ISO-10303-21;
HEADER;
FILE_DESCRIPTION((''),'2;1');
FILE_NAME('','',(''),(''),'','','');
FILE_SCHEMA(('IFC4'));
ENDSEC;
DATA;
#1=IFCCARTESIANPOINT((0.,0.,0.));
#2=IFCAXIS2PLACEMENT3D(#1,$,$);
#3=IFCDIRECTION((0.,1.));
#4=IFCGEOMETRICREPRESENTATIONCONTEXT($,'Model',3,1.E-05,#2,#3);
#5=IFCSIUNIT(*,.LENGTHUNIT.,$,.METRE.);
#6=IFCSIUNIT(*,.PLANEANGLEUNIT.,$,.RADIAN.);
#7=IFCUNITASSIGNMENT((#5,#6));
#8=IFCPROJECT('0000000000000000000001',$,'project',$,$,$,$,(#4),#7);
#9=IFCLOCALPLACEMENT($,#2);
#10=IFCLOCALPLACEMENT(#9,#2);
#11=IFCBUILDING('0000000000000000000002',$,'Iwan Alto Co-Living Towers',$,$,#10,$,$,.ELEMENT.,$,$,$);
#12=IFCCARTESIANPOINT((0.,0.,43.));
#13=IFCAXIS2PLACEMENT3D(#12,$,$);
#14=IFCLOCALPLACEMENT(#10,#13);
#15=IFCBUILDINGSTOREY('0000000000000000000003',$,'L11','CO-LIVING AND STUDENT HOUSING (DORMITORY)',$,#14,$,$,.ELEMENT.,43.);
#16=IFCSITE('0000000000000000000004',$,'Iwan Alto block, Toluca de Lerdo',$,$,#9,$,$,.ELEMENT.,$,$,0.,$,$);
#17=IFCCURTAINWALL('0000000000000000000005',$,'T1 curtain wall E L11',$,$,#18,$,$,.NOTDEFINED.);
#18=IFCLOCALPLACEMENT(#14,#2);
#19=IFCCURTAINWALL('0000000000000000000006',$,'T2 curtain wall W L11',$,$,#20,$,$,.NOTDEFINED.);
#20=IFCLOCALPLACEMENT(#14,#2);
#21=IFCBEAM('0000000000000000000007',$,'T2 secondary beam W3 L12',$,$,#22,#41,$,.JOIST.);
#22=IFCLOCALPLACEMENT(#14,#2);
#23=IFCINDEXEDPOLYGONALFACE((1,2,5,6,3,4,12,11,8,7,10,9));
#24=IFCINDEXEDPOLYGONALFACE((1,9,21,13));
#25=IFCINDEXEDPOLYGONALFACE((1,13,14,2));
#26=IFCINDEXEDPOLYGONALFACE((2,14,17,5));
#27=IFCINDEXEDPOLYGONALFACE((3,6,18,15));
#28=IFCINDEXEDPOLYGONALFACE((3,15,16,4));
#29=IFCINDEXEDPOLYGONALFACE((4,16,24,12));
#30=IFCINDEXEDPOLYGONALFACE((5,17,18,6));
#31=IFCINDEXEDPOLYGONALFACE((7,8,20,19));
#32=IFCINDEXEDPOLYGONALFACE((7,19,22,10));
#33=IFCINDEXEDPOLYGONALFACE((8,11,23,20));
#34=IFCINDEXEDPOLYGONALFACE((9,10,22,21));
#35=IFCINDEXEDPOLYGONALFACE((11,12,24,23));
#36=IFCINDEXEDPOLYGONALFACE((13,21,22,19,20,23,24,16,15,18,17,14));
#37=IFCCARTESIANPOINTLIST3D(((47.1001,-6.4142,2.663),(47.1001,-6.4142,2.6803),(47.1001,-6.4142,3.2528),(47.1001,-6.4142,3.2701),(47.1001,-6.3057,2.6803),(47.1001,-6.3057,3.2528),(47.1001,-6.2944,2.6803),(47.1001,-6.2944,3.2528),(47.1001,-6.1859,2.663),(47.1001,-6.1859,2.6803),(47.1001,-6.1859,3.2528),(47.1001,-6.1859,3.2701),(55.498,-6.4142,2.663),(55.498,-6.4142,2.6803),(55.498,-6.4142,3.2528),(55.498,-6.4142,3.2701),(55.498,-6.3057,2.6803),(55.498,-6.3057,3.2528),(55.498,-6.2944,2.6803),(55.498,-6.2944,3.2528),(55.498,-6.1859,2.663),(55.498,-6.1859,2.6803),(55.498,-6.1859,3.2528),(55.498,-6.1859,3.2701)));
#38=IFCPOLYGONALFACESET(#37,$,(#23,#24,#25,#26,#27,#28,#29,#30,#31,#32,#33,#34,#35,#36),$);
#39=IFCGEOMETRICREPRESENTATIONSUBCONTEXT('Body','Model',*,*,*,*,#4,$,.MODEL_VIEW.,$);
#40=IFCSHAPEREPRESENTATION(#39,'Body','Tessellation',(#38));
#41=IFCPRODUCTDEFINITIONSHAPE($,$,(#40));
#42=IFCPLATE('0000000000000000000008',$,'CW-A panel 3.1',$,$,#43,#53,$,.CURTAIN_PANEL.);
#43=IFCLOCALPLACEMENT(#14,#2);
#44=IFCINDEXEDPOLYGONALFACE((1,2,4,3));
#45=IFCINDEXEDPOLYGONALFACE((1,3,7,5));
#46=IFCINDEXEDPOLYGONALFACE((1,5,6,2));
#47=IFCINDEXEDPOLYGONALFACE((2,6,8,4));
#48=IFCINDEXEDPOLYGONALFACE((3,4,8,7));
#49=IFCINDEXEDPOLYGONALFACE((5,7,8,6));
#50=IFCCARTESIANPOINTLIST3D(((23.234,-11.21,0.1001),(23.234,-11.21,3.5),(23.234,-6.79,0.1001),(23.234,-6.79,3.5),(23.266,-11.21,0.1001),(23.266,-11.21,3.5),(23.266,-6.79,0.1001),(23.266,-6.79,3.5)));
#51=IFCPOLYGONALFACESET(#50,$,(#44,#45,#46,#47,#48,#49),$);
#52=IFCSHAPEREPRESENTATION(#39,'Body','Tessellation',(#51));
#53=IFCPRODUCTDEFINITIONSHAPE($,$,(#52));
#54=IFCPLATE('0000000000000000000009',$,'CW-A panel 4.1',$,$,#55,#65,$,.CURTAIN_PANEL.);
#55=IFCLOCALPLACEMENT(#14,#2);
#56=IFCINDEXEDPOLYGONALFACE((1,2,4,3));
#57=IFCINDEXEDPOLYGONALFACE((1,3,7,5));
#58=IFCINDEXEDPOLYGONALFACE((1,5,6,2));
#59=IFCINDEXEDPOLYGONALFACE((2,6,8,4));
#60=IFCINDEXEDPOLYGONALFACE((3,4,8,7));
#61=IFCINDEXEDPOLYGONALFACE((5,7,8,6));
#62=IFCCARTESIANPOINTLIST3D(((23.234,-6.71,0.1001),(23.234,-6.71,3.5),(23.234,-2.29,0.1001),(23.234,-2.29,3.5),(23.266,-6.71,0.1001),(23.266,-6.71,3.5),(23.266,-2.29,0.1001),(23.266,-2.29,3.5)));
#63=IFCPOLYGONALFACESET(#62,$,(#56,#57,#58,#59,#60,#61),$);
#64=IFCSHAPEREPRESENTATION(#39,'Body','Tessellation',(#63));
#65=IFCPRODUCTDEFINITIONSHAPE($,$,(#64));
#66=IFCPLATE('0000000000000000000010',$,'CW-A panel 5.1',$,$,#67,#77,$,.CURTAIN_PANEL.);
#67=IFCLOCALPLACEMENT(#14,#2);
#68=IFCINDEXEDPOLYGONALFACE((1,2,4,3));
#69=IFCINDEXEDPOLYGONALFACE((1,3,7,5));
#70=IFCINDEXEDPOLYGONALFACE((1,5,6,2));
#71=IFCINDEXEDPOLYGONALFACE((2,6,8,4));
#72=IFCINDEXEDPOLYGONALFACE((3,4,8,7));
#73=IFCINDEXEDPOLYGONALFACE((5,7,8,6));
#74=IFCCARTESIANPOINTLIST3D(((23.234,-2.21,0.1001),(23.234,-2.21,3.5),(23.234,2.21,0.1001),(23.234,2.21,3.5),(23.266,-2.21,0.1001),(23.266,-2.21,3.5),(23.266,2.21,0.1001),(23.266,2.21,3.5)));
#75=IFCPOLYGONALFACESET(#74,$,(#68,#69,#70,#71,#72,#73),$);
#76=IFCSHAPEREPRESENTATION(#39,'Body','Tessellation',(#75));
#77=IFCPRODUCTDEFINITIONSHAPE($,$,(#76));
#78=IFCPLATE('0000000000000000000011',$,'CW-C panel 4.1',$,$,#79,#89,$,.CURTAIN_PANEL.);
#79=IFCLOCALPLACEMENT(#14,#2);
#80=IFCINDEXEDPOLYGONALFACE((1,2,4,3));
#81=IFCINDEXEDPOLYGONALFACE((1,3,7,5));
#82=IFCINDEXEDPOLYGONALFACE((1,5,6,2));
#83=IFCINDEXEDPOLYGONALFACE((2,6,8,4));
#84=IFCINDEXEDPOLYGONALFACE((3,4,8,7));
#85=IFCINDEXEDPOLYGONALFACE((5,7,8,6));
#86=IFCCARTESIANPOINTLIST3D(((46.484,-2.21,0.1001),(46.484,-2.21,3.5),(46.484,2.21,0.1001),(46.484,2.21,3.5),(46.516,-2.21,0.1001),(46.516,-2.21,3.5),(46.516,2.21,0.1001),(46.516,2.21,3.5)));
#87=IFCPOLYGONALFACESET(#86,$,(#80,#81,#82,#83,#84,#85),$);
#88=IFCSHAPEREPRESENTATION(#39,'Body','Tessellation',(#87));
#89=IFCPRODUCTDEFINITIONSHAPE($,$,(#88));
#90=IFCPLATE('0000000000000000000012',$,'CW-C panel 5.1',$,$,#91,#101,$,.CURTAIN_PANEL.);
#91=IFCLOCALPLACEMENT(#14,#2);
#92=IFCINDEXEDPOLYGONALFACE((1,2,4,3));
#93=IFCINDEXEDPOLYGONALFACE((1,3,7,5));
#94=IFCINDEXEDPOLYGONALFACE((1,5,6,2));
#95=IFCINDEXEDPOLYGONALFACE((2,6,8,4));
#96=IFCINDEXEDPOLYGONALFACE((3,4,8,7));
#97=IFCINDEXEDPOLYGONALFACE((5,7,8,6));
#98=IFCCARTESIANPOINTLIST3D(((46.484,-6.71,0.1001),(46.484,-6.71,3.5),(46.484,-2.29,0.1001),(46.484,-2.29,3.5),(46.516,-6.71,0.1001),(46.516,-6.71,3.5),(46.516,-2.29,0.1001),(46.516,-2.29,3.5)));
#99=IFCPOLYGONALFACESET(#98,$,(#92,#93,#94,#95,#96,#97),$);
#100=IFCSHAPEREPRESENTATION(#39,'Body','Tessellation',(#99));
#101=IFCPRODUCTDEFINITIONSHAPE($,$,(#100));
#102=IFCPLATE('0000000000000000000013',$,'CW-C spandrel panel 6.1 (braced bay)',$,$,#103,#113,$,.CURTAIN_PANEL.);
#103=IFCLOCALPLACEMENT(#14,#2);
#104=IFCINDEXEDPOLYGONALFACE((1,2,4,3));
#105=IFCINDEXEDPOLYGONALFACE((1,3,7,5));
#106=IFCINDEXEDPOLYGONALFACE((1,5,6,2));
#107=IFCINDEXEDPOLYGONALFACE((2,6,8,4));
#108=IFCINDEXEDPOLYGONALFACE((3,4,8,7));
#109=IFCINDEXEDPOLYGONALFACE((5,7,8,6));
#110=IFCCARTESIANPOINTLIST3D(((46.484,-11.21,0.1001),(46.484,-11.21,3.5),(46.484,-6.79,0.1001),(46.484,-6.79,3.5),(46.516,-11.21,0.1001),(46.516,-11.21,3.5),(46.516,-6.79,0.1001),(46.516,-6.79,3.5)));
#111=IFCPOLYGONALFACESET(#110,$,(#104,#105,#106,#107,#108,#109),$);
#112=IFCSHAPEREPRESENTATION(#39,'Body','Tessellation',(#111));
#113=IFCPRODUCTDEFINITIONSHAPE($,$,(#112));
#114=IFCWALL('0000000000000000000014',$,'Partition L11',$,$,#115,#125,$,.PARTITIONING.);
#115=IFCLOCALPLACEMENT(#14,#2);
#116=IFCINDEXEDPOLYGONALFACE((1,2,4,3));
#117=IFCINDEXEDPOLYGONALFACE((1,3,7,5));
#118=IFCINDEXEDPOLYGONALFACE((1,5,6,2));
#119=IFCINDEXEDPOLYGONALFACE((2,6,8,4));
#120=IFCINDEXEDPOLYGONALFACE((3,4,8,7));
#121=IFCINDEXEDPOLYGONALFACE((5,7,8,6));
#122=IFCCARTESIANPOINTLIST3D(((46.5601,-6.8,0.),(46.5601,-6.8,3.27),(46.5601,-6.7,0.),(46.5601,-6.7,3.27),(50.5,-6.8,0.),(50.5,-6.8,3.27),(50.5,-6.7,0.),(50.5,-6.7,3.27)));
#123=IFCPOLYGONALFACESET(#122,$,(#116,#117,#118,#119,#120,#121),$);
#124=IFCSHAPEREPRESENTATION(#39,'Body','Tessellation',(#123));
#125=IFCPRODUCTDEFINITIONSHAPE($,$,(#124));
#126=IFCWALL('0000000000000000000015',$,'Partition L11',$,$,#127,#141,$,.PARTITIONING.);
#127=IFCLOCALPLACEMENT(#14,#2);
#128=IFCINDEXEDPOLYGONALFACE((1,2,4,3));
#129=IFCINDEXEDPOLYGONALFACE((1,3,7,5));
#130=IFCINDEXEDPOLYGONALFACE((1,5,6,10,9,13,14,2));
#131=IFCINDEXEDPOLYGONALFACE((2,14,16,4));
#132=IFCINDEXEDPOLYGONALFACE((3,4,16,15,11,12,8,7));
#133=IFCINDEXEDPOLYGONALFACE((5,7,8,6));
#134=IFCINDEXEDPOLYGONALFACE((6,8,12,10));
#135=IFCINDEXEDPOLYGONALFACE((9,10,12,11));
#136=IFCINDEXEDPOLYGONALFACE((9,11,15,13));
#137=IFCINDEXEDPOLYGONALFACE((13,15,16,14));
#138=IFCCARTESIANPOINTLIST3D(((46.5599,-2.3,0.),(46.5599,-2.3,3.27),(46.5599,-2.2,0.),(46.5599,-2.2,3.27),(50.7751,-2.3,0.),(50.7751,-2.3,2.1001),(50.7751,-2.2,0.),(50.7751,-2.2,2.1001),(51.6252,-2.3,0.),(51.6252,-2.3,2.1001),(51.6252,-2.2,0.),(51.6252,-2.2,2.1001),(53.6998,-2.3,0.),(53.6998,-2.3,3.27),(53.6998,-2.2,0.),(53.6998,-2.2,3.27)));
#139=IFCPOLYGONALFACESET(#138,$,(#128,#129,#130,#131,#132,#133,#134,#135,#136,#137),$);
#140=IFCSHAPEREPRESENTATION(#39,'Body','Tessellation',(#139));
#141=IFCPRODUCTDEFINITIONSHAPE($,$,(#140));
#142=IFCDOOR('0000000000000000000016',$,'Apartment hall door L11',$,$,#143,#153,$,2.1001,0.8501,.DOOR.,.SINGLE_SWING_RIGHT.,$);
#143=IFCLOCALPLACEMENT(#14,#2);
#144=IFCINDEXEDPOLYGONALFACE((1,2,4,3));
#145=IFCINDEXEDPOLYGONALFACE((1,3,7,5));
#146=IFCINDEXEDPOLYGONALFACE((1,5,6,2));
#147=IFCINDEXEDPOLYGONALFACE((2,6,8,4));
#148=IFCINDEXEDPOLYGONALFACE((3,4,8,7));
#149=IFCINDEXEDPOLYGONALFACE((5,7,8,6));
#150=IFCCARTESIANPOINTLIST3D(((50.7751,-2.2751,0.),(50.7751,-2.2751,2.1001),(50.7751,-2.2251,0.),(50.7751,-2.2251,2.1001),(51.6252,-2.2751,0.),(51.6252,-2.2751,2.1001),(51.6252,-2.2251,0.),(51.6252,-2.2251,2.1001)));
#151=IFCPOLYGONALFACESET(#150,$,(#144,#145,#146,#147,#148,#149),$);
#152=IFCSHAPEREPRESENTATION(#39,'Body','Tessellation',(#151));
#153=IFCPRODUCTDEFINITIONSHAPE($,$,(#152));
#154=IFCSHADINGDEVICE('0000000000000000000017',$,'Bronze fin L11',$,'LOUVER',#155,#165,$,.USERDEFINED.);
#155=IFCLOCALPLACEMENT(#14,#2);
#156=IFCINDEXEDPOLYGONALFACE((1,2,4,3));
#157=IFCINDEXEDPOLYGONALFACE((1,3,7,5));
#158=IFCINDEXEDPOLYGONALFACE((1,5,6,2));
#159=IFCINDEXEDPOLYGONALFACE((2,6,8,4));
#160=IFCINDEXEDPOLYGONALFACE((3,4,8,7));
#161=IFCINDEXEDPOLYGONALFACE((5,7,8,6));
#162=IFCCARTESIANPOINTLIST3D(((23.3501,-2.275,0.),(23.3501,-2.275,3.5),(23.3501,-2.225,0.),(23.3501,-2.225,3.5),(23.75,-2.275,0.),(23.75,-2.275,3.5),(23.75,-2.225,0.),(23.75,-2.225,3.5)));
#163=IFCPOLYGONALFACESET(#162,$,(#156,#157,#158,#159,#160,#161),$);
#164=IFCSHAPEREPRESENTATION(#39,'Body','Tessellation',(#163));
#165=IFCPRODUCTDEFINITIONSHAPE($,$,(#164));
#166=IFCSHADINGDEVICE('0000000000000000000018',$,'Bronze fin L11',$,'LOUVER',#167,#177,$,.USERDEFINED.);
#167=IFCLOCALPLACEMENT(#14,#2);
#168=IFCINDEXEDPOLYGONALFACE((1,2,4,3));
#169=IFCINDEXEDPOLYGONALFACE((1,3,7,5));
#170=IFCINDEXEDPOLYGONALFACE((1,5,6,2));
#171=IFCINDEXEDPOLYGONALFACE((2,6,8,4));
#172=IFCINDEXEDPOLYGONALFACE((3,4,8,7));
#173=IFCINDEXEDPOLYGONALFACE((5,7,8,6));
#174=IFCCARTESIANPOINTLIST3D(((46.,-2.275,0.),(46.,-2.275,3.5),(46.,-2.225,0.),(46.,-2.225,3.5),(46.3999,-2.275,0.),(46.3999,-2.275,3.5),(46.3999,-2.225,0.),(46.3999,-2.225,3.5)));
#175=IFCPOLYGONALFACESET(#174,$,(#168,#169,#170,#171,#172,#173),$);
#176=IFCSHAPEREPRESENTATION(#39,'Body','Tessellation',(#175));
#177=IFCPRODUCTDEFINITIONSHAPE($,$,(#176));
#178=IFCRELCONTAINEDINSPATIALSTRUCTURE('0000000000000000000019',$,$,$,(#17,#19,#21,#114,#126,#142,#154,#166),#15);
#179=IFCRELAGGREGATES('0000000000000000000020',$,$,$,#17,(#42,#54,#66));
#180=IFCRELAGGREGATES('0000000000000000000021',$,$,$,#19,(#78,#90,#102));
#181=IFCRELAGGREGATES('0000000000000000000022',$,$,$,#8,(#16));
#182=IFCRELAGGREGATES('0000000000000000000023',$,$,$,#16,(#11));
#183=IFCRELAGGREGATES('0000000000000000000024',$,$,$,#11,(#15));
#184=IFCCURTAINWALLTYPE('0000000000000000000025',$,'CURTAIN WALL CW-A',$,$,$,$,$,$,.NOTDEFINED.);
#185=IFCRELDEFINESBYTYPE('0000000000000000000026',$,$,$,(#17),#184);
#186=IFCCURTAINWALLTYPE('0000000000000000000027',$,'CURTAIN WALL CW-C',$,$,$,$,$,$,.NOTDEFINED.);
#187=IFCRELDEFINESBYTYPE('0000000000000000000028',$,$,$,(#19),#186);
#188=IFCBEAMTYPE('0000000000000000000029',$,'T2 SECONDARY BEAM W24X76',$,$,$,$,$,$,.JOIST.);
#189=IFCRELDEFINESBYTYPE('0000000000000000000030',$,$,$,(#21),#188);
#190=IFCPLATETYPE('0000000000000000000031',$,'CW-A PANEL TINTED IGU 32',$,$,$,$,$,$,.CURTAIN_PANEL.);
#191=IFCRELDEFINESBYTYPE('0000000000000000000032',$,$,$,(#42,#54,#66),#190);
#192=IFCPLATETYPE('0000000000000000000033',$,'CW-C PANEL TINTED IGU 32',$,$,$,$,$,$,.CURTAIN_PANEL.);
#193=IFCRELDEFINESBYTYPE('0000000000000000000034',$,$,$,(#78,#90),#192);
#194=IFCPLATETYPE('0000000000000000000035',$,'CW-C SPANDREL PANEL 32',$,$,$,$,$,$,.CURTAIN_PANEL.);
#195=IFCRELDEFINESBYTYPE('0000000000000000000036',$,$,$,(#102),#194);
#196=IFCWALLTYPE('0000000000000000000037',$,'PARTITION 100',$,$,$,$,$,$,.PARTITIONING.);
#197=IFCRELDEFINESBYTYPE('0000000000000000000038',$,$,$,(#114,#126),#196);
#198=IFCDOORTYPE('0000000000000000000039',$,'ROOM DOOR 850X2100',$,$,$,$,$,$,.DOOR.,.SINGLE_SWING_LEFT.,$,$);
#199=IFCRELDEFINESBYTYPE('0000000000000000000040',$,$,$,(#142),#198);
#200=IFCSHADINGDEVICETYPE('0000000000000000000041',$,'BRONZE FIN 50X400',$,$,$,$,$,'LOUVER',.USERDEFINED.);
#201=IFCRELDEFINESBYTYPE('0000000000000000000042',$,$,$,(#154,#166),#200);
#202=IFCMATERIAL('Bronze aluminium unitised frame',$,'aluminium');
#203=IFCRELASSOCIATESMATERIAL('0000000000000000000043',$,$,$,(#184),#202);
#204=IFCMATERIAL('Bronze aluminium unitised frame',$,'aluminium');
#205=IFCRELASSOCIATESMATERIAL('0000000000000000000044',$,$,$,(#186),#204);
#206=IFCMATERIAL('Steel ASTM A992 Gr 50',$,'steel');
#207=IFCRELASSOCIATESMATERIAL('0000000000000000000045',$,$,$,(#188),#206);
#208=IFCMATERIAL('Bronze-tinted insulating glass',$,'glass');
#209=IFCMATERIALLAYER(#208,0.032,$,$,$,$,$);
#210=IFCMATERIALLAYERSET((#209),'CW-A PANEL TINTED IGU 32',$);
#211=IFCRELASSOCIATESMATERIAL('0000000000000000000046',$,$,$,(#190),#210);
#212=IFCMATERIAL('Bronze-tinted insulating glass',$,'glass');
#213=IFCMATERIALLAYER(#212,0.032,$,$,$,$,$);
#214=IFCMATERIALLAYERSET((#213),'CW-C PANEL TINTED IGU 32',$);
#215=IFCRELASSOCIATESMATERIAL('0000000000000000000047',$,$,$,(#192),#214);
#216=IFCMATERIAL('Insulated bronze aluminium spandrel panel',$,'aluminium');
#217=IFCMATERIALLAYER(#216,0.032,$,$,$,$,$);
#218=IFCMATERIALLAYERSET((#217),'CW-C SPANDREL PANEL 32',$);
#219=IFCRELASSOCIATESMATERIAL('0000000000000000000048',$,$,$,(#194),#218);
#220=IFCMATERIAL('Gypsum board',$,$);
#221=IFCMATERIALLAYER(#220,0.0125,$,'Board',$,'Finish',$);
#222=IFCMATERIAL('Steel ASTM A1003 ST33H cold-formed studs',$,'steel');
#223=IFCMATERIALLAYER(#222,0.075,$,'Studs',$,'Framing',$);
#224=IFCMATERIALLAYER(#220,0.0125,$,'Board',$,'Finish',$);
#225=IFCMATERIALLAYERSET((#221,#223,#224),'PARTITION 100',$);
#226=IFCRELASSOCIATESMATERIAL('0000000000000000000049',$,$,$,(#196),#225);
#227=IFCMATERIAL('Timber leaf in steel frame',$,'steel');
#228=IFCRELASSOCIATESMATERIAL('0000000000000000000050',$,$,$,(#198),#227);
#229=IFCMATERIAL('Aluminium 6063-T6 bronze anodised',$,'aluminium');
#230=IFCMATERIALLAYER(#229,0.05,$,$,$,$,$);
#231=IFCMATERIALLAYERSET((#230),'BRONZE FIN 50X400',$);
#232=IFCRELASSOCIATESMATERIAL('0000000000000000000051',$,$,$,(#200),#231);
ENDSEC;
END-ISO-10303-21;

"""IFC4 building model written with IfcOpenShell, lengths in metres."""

from ifc_helpers import new_model, si_unit, direction, frame, frame_2d, origin, origin_2d, place, context, subcontext, project, spatial, rectangle, i_section, extrude, material, layer, layer_set, material_profile, profile_set, type_object, element, fill, aggregate, save


model = new_model("IFC4")

# Units and contexts
model_context = context("Model", 3, precision=1e-05, world=origin(), true_north=direction((0.0, 1.0)))
body_context = subcontext(model_context, "Body", "Model", "MODEL_VIEW")
ifc_project = project(units=[si_unit("LENGTHUNIT", "METRE"), si_unit("PLANEANGLEUNIT", "RADIAN")], contexts=[model_context])

# Site, building, storey
site_placement = place(None, origin())
site = spatial("IfcSite", under=ifc_project, at=site_placement, Name="Iwan Alto block, Toluca de Lerdo", CompositionType="ELEMENT", RefElevation=0.0)
building_placement = place(site_placement, origin())
building = spatial("IfcBuilding", under=site, at=building_placement, Name="Iwan Alto Co-Living Towers", CompositionType="ELEMENT")
storey_placement = place(building_placement, frame((0.0, 0.0, 43.0)))
storey = spatial("IfcBuildingStorey", under=building, at=storey_placement, Name="L11", Description="CO-LIVING AND STUDENT HOUSING (DORMITORY)", CompositionType="ELEMENT", Elevation=43.0)

# Curtain walls
ifc_material_1 = material(Name="Bronze aluminium unitised frame", Category="aluminium")
curtain_wall_type_1 = type_object("IfcCurtainWallType", Name="CURTAIN WALL CW-A", PredefinedType="NOTDEFINED", material=ifc_material_1)
curtain_wall_1_placement = place(storey_placement, origin())
curtain_wall_1 = element("IfcCurtainWall", 1, at=curtain_wall_1_placement, inside=storey, type_object=curtain_wall_type_1, Name="T1 curtain wall E L11", PredefinedType="NOTDEFINED")
ifc_material_2 = material(Name="Bronze aluminium unitised frame", Category="aluminium")
curtain_wall_type_2 = type_object("IfcCurtainWallType", Name="CURTAIN WALL CW-C", PredefinedType="NOTDEFINED", material=ifc_material_2)
curtain_wall_2_placement = place(storey_placement, origin())
curtain_wall_2 = element("IfcCurtainWall", 2, at=curtain_wall_2_placement, inside=storey, type_object=curtain_wall_type_2, Name="T2 curtain wall W L11", PredefinedType="NOTDEFINED")

# Beam
ifc_material_3 = material(Name="Steel ASTM A992 Gr 50", Category="steel")
ifc_material_profile_1 = material_profile(ifc_material_3, i_section(OverallWidth=0.2283, OverallDepth=0.6072, WebThickness=0.0112, FlangeThickness=0.0173, at=origin_2d()), Name="W24X76")
ifc_profile_set_1 = profile_set([ifc_material_profile_1], Name="Steel ASTM A992 Gr 50")
beam_type_1 = type_object("IfcBeamType", Name="T2 SECONDARY BEAM W24X76", PredefinedType="JOIST", material=ifc_profile_set_1)
beam_1_placement = place(storey_placement, frame((47.1001, -6.3, 2.9666), z_axis=(1.0, 0.0, 0.0), x_axis=(0.0, 1.0, 0.0)))
element("IfcBeam", 3, at=beam_1_placement, inside=storey, type_object=beam_type_1, Name="T2 secondary beam W3 L12", PredefinedType="JOIST", context=body_context, shape_type="SweptSolid", body=[
    extrude(i_section(OverallWidth=0.2283, OverallDepth=0.6072, WebThickness=0.0112, FlangeThickness=0.0173, at=origin_2d()), origin(), (0.0, 0.0, 1.0), 8.3979),
])

# Plates
ifc_material_4 = material(Name="Bronze-tinted insulating glass", Category="glass")
ifc_layer_1 = layer(ifc_material_4, 0.032)
ifc_layer_set_1 = layer_set([ifc_layer_1], Name="CW-A PANEL TINTED IGU 32")
plate_type_1 = type_object("IfcPlateType", Name="CW-A PANEL TINTED IGU 32", PredefinedType="CURTAIN_PANEL", material=ifc_layer_set_1)
plate_1_placement = place(storey_placement, frame((23.25, -9.0, 0.1001), z_axis=(0.0, 0.0, 1.0), x_axis=(0.0, 1.0, 0.0)))
plate_1 = element("IfcPlate", 4, at=plate_1_placement, type_object=plate_type_1, Name="CW-A panel 3.1", PredefinedType="CURTAIN_PANEL", context=body_context, shape_type="SweptSolid", body=[
    extrude(rectangle(XDim=4.4199, YDim=0.032, at=origin_2d()), origin(), (0.0, 0.0, 1.0), 3.3999),
])
plate_2_placement = place(storey_placement, frame((23.25, -4.5, 0.1001), z_axis=(0.0, 0.0, 1.0), x_axis=(0.0, 1.0, 0.0)))
plate_2 = element("IfcPlate", 5, at=plate_2_placement, type_object=plate_type_1, Name="CW-A panel 4.1", PredefinedType="CURTAIN_PANEL", context=body_context, shape_type="SweptSolid", body=[
    extrude(rectangle(XDim=4.4199, YDim=0.032, at=origin_2d()), origin(), (0.0, 0.0, 1.0), 3.3999),
])
plate_3_placement = place(storey_placement, frame((23.25, 0.0, 0.1001), z_axis=(0.0, 0.0, 1.0), x_axis=(0.0, 1.0, 0.0)))
plate_3 = element("IfcPlate", 6, at=plate_3_placement, type_object=plate_type_1, Name="CW-A panel 5.1", PredefinedType="CURTAIN_PANEL", context=body_context, shape_type="SweptSolid", body=[
    extrude(rectangle(XDim=4.4199, YDim=0.032, at=origin_2d()), origin(), (0.0, 0.0, 1.0), 3.3999),
])
aggregate(curtain_wall_1, [plate_1, plate_2, plate_3])
ifc_material_5 = material(Name="Bronze-tinted insulating glass", Category="glass")
ifc_layer_2 = layer(ifc_material_5, 0.032)
ifc_layer_set_2 = layer_set([ifc_layer_2], Name="CW-C PANEL TINTED IGU 32")
plate_type_2 = type_object("IfcPlateType", Name="CW-C PANEL TINTED IGU 32", PredefinedType="CURTAIN_PANEL", material=ifc_layer_set_2)
plate_4_placement = place(storey_placement, frame((46.5, 0.0, 0.1001), z_axis=(0.0, 0.0, 1.0), x_axis=(0.0, -1.0, 0.0)))
plate_4 = element("IfcPlate", 7, at=plate_4_placement, type_object=plate_type_2, Name="CW-C panel 4.1", PredefinedType="CURTAIN_PANEL", context=body_context, shape_type="SweptSolid", body=[
    extrude(rectangle(XDim=4.4199, YDim=0.032, at=origin_2d()), origin(), (0.0, 0.0, 1.0), 3.3999),
])
plate_5_placement = place(storey_placement, frame((46.5, -4.5, 0.1001), z_axis=(0.0, 0.0, 1.0), x_axis=(0.0, -1.0, 0.0)))
plate_5 = element("IfcPlate", 8, at=plate_5_placement, type_object=plate_type_2, Name="CW-C panel 5.1", PredefinedType="CURTAIN_PANEL", context=body_context, shape_type="SweptSolid", body=[
    extrude(rectangle(XDim=4.4199, YDim=0.032, at=origin_2d()), origin(), (0.0, 0.0, 1.0), 3.3999),
])
ifc_material_6 = material(Name="Insulated bronze aluminium spandrel panel", Category="aluminium")
ifc_layer_3 = layer(ifc_material_6, 0.032)
ifc_layer_set_3 = layer_set([ifc_layer_3], Name="CW-C SPANDREL PANEL 32")
plate_type_3 = type_object("IfcPlateType", Name="CW-C SPANDREL PANEL 32", PredefinedType="CURTAIN_PANEL", material=ifc_layer_set_3)
plate_6_placement = place(storey_placement, frame((46.5, -9.0, 0.1001), z_axis=(0.0, 0.0, 1.0), x_axis=(0.0, -1.0, 0.0)))
plate_6 = element("IfcPlate", 9, at=plate_6_placement, type_object=plate_type_3, Name="CW-C spandrel panel 6.1 (braced bay)", PredefinedType="CURTAIN_PANEL", context=body_context, shape_type="SweptSolid", body=[
    extrude(rectangle(XDim=4.4199, YDim=0.032, at=origin_2d()), origin(), (0.0, 0.0, 1.0), 3.3999),
])
aggregate(curtain_wall_2, [plate_4, plate_5, plate_6])

# Wall
ifc_material_7 = material(Name="Gypsum board")
ifc_layer_4 = layer(ifc_material_7, 0.0125, Name="Board", Category="Finish")
ifc_material_8 = material(Name="Steel ASTM A1003 ST33H cold-formed studs", Category="steel")
ifc_layer_5 = layer(ifc_material_8, 0.075, Name="Studs", Category="Framing")
ifc_layer_6 = layer(ifc_material_7, 0.0125, Name="Board", Category="Finish")
ifc_layer_set_4 = layer_set([ifc_layer_4, ifc_layer_5, ifc_layer_6], Name="PARTITION 100")
wall_type = type_object("IfcWallType", Name="PARTITION 100", PredefinedType="PARTITIONING", material=ifc_layer_set_4)
wall_1_placement = place(storey_placement, frame((46.5601, -6.75, 0.0), z_axis=(0.0, 0.0, 1.0), x_axis=(1.0, 0.0, 0.0)))
element("IfcWall", 10, at=wall_1_placement, inside=storey, type_object=wall_type, Name="Partition L11", PredefinedType="PARTITIONING", context=body_context, shape_type="SweptSolid", body=[
    extrude(rectangle(XDim=3.9399, YDim=0.1001, at=frame_2d((1.97, 0.0))), origin(), (0.0, 0.0, 1.0), 3.27),
])

# Wall, opening, door
wall_2_placement = place(storey_placement, frame((46.5601, -2.25, 0.0), z_axis=(0.0, 0.0, 1.0), x_axis=(1.0, 0.0, 0.0)))
wall_2 = element("IfcWall", 11, at=wall_2_placement, inside=storey, type_object=wall_type, Name="Partition L11", PredefinedType="PARTITIONING", context=body_context, shape_type="SweptSolid", body=[
    extrude(rectangle(XDim=7.1399, YDim=0.1001, at=frame_2d((3.5698, 0.0))), origin(), (0.0, 0.0, 1.0), 3.27),
])
opening_placement = place(wall_2_placement, frame((4.2151, 0.0, 0.0)))
opening = element("IfcOpeningElement", 12, at=opening_placement, cuts=wall_2, PredefinedType="OPENING", context=body_context, shape_type="SweptSolid", body=[
    extrude(rectangle(XDim=0.8501, YDim=2.1001, at=frame_2d((0.425, 1.05))), frame((0.0, 0.0601, 0.0), z_axis=(0.0, -1.0, 0.0), x_axis=(1.0, 0.0, 0.0)), (0.0, 0.0, 1.0), 0.1201),
])
ifc_material_9 = material(Name="Timber leaf in steel frame", Category="steel")
door_type = type_object("IfcDoorType", Name="ROOM DOOR 850X2100", OperationType="SINGLE_SWING_LEFT", PredefinedType="DOOR", material=ifc_material_9)
door_placement = place(opening_placement, origin())
door = element("IfcDoor", 13, at=door_placement, inside=storey, type_object=door_type, Name="Apartment hall door L11", OperationType="SINGLE_SWING_RIGHT", OverallHeight=2.1001, OverallWidth=0.8501, PredefinedType="DOOR", context=body_context, shape_type="SweptSolid", body=[
    extrude(rectangle(XDim=0.8501, YDim=2.1001, at=frame_2d((0.425, 1.05))), frame((0.0, 0.0249, 0.0), z_axis=(0.0, -1.0, 0.0), x_axis=(1.0, 0.0, 0.0)), (0.0, 0.0, 1.0), 0.05),
])
fill(opening, door)

# Shading devices
ifc_material_10 = material(Name="Aluminium 6063-T6 bronze anodised", Category="aluminium")
ifc_layer_7 = layer(ifc_material_10, 0.05)
ifc_layer_set_5 = layer_set([ifc_layer_7], Name="BRONZE FIN 50X400")
shading_device_type = type_object("IfcShadingDeviceType", Name="BRONZE FIN 50X400", ElementType="LOUVER", PredefinedType="USERDEFINED", material=ifc_layer_set_5)
for number, where, z_axis, x_axis, name in (
    (14, (23.55, -2.25, 0.0), (0.0, 0.0, 1.0), (0.0, 1.0, 0.0), "Bronze fin L11"),
    (15, (46.2, -2.25, 0.0), (0.0, 0.0, 1.0), (0.0, -1.0, 0.0), "Bronze fin L11"),
):
    element("IfcShadingDevice", number, at=place(storey_placement, frame(where, z_axis=z_axis, x_axis=x_axis)), inside=storey, type_object=shading_device_type, Name=name, ObjectType="LOUVER", PredefinedType="USERDEFINED", context=body_context, shape_type="SweptSolid", body=[
        extrude(rectangle(XDim=0.05, YDim=0.3999, at=origin_2d()), origin(), (0.0, 0.0, 1.0), 3.5),
    ])

save(model, "model.ifc")
